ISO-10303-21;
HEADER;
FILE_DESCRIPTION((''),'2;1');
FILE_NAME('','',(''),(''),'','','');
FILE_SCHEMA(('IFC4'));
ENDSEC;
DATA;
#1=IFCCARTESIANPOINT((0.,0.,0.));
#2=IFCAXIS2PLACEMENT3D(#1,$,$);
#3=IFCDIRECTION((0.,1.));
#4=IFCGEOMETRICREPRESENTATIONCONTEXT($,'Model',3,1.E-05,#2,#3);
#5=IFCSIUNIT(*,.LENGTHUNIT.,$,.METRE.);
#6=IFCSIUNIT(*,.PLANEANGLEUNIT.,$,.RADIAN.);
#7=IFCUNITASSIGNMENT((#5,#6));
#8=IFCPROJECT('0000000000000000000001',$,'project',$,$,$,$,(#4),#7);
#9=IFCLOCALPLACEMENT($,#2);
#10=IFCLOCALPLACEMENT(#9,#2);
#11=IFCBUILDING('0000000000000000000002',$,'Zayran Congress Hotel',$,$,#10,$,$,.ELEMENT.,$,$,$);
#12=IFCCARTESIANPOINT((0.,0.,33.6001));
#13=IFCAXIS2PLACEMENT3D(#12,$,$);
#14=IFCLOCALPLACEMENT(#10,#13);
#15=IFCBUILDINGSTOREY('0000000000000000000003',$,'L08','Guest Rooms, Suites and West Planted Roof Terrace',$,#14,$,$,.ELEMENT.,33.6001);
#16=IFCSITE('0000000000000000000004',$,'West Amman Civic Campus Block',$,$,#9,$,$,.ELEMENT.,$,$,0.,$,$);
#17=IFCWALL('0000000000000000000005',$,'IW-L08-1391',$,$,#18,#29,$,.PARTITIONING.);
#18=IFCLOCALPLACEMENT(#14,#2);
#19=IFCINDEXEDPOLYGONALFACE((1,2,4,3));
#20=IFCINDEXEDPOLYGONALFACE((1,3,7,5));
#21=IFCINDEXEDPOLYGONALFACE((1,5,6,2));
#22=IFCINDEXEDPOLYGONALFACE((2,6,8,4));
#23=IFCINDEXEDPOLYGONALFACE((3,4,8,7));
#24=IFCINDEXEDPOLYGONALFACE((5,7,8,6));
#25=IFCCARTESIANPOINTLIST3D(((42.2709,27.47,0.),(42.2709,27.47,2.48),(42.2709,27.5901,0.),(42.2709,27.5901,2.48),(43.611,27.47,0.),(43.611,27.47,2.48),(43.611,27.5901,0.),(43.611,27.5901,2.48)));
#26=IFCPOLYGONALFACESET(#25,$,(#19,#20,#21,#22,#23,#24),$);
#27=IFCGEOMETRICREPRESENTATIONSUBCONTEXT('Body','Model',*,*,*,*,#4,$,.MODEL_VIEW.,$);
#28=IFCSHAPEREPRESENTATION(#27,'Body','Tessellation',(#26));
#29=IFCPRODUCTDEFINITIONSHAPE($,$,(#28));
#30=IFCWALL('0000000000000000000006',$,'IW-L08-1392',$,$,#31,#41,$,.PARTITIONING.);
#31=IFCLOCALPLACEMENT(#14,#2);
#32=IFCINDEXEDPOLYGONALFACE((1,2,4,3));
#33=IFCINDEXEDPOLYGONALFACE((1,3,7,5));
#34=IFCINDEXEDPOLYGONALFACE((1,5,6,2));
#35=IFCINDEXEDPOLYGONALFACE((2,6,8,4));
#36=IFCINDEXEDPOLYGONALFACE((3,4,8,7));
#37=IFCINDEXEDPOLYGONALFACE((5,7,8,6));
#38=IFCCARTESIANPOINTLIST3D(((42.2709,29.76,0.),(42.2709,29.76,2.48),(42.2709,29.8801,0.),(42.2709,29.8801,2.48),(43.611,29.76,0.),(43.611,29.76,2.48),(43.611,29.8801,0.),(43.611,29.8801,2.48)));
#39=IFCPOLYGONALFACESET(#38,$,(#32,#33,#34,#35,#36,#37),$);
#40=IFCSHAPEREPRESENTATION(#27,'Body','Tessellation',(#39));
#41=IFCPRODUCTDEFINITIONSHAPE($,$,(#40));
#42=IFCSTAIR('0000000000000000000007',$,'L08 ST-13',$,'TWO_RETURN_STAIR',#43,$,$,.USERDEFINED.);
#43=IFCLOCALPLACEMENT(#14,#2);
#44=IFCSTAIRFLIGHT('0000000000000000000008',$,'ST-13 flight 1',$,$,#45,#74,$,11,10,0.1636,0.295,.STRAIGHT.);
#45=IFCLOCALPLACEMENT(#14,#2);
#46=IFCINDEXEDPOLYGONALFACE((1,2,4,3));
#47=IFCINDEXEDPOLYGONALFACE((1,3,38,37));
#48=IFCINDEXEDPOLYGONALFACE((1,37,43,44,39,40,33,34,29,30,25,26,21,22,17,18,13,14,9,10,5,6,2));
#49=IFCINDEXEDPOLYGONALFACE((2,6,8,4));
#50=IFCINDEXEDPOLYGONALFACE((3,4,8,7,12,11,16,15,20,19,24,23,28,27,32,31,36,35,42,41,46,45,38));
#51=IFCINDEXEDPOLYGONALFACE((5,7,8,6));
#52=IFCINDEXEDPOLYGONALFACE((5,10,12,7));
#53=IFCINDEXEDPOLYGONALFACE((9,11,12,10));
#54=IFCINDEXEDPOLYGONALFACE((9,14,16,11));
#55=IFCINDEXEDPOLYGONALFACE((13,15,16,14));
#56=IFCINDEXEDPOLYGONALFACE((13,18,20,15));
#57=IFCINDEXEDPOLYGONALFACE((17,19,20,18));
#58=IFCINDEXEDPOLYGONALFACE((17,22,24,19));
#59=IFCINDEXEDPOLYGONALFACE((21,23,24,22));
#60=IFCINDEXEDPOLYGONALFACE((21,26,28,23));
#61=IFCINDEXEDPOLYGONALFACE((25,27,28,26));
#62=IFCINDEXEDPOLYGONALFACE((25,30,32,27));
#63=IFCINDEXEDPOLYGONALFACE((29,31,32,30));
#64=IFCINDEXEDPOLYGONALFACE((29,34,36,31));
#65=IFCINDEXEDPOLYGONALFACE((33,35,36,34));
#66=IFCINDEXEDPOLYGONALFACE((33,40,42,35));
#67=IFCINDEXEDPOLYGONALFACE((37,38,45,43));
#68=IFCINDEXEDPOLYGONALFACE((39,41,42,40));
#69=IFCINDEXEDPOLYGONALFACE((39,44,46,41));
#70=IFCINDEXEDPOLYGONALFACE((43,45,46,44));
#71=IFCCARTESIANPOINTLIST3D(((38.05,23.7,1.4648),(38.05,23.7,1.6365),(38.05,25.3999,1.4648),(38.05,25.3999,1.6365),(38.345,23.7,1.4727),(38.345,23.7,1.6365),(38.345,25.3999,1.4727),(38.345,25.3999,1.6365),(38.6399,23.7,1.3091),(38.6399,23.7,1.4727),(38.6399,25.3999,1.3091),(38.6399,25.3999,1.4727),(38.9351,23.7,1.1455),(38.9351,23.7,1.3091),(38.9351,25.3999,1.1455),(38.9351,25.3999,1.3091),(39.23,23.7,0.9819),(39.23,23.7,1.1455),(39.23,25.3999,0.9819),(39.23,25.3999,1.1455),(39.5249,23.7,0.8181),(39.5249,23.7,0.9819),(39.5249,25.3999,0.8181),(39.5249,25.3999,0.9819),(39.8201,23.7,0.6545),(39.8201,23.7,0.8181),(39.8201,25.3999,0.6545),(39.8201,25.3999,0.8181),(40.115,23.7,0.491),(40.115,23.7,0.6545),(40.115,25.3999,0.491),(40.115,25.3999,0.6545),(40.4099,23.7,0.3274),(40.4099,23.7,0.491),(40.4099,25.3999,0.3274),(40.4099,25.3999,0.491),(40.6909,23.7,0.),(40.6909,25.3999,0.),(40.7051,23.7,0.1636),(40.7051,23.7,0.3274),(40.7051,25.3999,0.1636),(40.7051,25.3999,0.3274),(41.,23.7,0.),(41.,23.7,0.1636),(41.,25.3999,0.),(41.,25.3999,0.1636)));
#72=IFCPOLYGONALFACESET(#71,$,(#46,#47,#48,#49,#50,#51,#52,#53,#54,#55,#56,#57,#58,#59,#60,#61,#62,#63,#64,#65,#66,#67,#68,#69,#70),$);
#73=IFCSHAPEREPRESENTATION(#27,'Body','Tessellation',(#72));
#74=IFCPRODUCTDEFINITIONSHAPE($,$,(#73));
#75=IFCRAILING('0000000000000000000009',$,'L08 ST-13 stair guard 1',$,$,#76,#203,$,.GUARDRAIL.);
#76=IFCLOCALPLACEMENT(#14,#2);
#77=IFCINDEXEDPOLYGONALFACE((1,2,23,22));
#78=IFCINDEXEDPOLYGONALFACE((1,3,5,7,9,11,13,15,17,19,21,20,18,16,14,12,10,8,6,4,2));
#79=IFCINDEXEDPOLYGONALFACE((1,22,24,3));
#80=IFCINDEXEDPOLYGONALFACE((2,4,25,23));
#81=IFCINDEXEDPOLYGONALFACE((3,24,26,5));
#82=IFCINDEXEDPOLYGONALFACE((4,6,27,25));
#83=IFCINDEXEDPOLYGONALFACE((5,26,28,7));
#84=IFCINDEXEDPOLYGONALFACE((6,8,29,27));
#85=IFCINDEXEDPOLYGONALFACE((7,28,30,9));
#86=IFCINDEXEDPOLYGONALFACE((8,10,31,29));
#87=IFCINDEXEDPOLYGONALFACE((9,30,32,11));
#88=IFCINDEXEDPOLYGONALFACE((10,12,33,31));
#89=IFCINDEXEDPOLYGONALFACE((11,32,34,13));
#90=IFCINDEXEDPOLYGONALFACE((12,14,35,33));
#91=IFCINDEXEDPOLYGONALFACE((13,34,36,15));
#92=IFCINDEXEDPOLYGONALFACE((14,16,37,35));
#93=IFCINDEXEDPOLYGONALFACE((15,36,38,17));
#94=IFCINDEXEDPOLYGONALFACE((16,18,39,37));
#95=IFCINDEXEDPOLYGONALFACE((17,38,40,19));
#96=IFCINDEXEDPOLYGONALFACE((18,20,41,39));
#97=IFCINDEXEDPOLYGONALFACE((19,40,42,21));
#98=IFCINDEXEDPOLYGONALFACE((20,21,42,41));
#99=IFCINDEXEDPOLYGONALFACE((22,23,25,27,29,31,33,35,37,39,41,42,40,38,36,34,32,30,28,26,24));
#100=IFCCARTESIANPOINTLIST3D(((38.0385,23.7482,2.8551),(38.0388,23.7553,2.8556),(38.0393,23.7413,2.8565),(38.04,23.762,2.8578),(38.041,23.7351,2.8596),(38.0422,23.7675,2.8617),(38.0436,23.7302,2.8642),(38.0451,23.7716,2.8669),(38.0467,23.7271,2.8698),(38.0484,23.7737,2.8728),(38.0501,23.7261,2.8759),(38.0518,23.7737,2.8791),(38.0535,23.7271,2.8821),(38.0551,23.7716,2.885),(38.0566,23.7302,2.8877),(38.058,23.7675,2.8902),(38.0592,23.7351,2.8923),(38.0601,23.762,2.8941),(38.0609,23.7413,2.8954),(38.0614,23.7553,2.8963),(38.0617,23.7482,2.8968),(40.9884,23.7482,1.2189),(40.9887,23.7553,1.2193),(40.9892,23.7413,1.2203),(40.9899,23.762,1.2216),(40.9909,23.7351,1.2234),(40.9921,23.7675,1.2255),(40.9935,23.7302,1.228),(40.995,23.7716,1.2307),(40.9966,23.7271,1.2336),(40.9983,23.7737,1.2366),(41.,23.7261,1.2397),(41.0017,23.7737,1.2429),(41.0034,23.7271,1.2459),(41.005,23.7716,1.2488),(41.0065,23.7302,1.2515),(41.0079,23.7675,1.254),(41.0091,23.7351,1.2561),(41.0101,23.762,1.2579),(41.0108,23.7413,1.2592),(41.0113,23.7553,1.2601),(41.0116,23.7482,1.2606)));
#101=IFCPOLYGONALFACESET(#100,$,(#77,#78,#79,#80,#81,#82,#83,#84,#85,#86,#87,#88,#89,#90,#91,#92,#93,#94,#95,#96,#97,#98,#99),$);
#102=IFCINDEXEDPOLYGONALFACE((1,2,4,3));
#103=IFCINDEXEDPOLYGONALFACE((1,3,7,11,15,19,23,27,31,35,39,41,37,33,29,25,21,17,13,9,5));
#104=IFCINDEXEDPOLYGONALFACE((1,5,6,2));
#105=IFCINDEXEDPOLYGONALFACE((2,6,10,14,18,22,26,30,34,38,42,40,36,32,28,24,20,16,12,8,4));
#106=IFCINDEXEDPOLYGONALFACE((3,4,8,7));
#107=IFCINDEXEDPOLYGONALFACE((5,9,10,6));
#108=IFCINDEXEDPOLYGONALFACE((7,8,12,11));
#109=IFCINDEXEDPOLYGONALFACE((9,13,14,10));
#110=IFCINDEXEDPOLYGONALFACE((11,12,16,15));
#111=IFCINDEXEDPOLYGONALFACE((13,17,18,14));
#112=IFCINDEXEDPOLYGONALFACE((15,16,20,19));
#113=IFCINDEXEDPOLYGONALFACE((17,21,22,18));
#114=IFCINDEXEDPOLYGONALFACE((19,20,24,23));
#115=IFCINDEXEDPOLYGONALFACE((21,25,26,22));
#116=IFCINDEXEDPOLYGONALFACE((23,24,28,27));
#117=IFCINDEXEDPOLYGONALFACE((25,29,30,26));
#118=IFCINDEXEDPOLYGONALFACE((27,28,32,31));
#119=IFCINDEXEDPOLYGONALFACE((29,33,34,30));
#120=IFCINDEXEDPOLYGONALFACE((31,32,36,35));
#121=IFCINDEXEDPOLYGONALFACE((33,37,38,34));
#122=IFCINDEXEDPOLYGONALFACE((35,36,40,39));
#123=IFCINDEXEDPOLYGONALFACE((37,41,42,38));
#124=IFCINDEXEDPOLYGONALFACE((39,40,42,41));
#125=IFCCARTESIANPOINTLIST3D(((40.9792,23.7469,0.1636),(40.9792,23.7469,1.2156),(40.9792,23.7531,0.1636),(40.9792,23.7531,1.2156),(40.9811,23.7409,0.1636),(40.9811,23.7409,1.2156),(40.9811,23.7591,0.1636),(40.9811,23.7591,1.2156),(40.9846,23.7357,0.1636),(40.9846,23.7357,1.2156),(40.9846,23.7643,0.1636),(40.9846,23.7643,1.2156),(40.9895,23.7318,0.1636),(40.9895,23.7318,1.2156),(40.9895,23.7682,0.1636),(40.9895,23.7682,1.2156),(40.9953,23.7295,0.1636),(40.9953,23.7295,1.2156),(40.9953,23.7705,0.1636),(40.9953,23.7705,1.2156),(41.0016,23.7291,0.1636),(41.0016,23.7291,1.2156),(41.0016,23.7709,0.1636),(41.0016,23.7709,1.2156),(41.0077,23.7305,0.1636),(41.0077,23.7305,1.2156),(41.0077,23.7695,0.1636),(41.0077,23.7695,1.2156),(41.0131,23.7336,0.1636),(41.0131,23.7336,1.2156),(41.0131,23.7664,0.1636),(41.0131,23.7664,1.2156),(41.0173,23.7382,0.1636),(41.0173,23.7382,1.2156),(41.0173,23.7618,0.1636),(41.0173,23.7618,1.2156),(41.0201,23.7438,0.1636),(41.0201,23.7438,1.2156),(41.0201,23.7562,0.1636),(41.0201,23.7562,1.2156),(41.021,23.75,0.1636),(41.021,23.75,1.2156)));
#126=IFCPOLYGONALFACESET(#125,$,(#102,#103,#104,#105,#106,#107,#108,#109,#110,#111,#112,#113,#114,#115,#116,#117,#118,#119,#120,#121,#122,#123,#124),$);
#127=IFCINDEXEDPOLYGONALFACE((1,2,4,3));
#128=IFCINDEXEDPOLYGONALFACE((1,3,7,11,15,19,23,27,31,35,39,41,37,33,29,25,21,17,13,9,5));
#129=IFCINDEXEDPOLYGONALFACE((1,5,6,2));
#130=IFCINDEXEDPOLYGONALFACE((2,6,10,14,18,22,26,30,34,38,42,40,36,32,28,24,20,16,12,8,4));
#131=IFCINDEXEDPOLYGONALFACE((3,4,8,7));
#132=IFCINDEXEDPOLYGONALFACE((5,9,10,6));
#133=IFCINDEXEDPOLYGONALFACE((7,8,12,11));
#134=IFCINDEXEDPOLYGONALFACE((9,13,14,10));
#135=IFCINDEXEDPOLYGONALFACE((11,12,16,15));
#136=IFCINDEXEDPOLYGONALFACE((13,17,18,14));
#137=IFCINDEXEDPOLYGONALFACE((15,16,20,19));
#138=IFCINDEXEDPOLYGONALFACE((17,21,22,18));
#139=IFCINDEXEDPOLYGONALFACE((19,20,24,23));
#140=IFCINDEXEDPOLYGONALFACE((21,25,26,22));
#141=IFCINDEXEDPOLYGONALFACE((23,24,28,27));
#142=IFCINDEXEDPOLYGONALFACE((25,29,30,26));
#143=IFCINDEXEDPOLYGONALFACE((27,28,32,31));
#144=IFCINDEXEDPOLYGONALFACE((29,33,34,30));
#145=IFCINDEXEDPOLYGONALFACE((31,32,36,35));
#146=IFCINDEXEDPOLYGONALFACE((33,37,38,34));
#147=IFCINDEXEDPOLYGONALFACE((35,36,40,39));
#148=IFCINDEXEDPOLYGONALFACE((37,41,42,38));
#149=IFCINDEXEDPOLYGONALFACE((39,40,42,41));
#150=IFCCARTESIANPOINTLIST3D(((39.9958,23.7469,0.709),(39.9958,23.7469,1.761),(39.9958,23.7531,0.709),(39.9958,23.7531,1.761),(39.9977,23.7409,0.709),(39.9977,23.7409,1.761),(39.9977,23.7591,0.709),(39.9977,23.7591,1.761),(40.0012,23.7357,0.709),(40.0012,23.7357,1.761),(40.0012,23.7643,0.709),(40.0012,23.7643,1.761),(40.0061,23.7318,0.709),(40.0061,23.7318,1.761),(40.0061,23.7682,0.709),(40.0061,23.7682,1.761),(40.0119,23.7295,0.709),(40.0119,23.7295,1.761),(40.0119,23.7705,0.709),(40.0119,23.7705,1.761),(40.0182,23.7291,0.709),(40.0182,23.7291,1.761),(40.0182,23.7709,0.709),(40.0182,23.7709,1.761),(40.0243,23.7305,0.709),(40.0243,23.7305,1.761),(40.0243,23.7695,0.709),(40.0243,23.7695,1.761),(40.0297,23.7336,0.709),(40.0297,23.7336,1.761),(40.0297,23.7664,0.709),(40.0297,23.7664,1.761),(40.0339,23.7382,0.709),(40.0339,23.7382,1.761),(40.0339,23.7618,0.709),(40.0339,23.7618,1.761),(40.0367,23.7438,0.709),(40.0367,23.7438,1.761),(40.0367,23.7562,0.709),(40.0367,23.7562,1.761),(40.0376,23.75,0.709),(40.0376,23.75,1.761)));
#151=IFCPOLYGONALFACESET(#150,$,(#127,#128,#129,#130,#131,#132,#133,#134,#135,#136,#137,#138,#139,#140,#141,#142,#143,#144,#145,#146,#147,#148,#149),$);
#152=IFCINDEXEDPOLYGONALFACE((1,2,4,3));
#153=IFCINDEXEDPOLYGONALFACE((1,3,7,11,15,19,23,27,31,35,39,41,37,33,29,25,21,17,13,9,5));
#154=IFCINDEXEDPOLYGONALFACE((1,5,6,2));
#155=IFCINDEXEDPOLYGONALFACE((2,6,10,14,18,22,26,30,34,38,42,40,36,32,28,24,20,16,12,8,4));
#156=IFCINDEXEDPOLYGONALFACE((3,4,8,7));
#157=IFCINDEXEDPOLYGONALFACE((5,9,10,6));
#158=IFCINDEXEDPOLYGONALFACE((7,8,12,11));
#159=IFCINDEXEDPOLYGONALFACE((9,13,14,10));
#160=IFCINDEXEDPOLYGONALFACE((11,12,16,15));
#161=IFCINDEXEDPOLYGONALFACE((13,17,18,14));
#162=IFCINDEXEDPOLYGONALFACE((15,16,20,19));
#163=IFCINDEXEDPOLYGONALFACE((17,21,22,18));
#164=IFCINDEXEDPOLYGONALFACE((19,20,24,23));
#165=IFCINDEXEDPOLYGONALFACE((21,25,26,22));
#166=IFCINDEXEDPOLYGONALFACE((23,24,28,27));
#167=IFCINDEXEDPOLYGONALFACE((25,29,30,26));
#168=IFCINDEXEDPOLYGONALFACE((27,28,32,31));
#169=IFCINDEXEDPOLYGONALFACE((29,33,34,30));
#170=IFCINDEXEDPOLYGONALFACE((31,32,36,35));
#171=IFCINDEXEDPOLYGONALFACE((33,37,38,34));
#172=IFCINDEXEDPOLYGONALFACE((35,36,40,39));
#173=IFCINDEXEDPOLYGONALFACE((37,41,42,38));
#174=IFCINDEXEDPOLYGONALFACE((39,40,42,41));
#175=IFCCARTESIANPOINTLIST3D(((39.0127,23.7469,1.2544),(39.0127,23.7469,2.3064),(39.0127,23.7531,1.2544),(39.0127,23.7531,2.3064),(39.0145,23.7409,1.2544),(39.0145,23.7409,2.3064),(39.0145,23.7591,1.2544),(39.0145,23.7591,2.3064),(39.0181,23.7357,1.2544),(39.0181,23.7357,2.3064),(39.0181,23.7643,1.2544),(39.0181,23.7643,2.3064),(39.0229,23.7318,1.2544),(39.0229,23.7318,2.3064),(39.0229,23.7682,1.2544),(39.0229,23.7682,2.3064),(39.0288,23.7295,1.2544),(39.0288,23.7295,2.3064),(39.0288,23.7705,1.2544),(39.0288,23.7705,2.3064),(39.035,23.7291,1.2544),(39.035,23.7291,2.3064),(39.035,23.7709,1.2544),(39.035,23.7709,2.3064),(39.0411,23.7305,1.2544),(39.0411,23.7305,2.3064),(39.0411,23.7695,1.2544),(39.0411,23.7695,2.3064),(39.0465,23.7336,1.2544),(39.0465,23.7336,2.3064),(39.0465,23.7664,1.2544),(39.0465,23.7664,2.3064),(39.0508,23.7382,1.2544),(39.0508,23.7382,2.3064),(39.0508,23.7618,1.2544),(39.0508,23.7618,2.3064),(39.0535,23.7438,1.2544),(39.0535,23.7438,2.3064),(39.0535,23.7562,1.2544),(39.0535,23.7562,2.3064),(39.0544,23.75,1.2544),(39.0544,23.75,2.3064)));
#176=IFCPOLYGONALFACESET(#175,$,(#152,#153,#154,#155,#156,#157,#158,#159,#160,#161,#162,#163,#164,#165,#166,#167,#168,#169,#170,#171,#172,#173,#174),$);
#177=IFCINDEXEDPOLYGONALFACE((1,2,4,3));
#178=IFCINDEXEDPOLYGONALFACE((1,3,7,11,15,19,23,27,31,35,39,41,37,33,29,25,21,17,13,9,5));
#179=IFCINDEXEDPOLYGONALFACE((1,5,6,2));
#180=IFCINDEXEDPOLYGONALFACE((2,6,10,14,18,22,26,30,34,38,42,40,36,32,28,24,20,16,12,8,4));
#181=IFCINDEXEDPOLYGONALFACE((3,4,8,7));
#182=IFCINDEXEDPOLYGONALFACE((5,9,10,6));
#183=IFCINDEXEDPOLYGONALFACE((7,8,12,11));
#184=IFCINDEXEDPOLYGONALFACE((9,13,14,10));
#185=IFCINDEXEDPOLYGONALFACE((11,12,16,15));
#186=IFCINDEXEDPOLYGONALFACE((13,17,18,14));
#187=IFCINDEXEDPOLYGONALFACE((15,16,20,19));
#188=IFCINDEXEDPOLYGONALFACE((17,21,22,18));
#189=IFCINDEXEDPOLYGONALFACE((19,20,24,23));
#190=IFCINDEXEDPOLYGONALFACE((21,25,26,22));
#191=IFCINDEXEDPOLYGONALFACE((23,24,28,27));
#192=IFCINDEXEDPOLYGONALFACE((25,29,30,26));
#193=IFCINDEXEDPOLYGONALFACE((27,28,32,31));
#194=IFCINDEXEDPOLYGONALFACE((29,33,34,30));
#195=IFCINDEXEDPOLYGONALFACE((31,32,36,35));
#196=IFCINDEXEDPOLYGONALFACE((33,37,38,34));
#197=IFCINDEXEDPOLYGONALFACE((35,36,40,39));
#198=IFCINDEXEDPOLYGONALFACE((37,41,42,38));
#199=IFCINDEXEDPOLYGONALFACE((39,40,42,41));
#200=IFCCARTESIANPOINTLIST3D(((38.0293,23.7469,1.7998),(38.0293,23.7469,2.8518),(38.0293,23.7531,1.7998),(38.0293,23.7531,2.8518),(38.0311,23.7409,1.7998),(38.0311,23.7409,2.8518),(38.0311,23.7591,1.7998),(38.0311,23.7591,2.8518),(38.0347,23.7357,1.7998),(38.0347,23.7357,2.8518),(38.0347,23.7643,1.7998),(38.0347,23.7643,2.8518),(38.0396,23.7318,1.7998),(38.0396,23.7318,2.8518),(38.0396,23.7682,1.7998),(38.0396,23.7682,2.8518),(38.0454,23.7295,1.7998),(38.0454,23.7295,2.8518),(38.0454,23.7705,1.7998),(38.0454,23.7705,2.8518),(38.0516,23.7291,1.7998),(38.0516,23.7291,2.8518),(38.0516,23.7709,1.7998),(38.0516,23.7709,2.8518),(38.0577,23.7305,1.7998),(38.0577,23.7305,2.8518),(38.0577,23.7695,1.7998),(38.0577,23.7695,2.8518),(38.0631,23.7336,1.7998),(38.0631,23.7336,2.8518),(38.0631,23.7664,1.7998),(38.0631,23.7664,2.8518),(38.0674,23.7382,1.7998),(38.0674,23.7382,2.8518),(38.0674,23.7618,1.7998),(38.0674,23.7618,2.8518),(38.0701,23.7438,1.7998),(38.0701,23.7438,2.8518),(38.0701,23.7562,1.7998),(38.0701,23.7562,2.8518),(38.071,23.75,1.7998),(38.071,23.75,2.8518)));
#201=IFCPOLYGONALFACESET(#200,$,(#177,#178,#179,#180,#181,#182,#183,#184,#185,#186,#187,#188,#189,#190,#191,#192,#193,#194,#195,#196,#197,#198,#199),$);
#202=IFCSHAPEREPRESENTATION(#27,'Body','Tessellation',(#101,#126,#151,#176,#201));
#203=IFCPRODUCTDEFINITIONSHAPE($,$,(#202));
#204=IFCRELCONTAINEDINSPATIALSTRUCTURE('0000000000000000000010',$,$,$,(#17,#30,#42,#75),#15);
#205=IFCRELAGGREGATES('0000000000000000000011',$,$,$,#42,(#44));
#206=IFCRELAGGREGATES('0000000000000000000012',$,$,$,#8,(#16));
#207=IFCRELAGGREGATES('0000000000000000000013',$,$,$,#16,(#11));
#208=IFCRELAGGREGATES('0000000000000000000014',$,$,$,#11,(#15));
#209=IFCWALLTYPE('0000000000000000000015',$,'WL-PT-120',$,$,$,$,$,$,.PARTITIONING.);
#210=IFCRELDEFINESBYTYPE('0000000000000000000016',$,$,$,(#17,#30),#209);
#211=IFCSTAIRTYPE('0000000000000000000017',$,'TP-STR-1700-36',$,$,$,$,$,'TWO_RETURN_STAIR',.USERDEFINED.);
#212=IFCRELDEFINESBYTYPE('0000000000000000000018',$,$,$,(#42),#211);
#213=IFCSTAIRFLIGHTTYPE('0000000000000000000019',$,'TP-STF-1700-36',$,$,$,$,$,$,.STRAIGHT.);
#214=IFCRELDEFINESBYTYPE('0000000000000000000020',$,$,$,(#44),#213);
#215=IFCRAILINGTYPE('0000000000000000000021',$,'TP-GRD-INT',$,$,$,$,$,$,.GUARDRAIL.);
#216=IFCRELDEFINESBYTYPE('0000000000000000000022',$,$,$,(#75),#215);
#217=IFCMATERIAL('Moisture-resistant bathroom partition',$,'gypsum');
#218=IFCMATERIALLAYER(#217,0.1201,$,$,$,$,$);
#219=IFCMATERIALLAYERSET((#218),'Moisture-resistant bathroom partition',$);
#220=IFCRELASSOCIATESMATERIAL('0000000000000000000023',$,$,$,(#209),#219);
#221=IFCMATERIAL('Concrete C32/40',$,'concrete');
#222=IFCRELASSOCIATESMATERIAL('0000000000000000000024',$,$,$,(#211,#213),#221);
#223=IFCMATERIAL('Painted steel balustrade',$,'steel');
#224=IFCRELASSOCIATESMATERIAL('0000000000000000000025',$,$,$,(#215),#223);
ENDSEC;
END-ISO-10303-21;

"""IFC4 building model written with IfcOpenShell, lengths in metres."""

from ifc_helpers import new_model, si_unit, direction, frame, frame_2d, origin, origin_2d, place, context, subcontext, project, spatial, polyline, rectangle, circle, outline, extrude, material, layer, layer_set, type_object, element, aggregate, save


model = new_model("IFC4")

# Units and contexts
model_context = context("Model", 3, precision=1e-05, world=origin(), true_north=direction((0.0, 1.0)))
body_context = subcontext(model_context, "Body", "Model", "MODEL_VIEW")
ifc_project = project(units=[si_unit("LENGTHUNIT", "METRE"), si_unit("PLANEANGLEUNIT", "RADIAN")], contexts=[model_context])

# Site, building, storey
site_placement = place(None, origin())
site = spatial("IfcSite", under=ifc_project, at=site_placement, Name="West Amman Civic Campus Block", CompositionType="ELEMENT", RefElevation=0.0)
building_placement = place(site_placement, origin())
building = spatial("IfcBuilding", under=site, at=building_placement, Name="Zayran Congress Hotel", CompositionType="ELEMENT")
storey_placement = place(building_placement, frame((0.0, 0.0, 33.6001)))
storey = spatial("IfcBuildingStorey", under=building, at=storey_placement, Name="L08", Description="Guest Rooms, Suites and West Planted Roof Terrace", CompositionType="ELEMENT", Elevation=33.6001)

# Shared definitions
ifc_material_1 = material(Name="Moisture-resistant bathroom partition", Category="gypsum")
ifc_layer_1 = layer(ifc_material_1, 0.1201)
ifc_layer_set_1 = layer_set([ifc_layer_1], Name="Moisture-resistant bathroom partition")
wall_type_1 = type_object("IfcWallType", Name="WL-PT-120", PredefinedType="PARTITIONING", material=ifc_layer_set_1)

# Walls
for number, where, z_axis, x_axis, name in (
    (1, (42.271, 27.53, 0.0), (0.0, 0.0, 1.0), (1.0, 0.0, 0.0), "IW-L08-1391"),
    (2, (42.271, 29.8201, 0.0), (0.0, 0.0, 1.0), (1.0, 0.0, 0.0), "IW-L08-1392"),
):
    element("IfcWall", number, at=place(storey_placement, frame(where, z_axis=z_axis, x_axis=x_axis)), inside=storey, type_object=wall_type_1, Name=name, PredefinedType="PARTITIONING", context=body_context, shape_type="SweptSolid", body=[
        extrude(rectangle(XDim=1.3401, YDim=0.1201, at=frame_2d((0.6699, 0.0))), origin(), (0.0, 0.0, 1.0), 2.48),
    ])

# Stair, stair flight
ifc_material_2 = material(Name="Concrete C32/40", Category="concrete")
stair_type = type_object("IfcStairType", Name="TP-STR-1700-36", ElementType="TWO_RETURN_STAIR", PredefinedType="USERDEFINED", material=ifc_material_2)
stair_placement = place(storey_placement, origin())
stair = element("IfcStair", 3, at=stair_placement, inside=storey, type_object=stair_type, Name="L08 ST-13", ObjectType="TWO_RETURN_STAIR", PredefinedType="USERDEFINED")
stair_flight_type = type_object("IfcStairFlightType", Name="TP-STF-1700-36", PredefinedType="STRAIGHT", material=ifc_material_2)
stair_flight_placement = place(storey_placement, frame((41.0, 24.55, 0.0), z_axis=(0.0, 0.0, 1.0), x_axis=(-1.0, 0.0, 0.0)))
stair_flight = element("IfcStairFlight", 4, at=stair_flight_placement, type_object=stair_flight_type, Name="ST-13 flight 1", NumberOfRisers=11, NumberOfTreads=10, PredefinedType="STRAIGHT", RiserHeight=0.1636, TreadLength=0.295, context=body_context, shape_type="SweptSolid", body=[
    extrude(outline(polyline([(0.0, 0.0), (0.0, 0.1636), (0.2949, 0.1636), (0.2949, 0.3274), (0.5901, 0.3274), (0.5901, 0.491), (0.885, 0.491), (0.885, 0.6545), (1.1799, 0.6545), (1.1799, 0.8181), (1.4751, 0.8181), (1.4751, 0.9819), (1.77, 0.9819), (1.77, 1.1455), (2.0649, 1.1455), (2.0649, 1.3091), (2.3601, 1.3091), (2.3601, 1.4727), (2.655, 1.4727), (2.655, 1.6365), (2.95, 1.6365), (2.95, 1.8), (2.95, 1.4648), (0.3091, 0.0), (0.0, 0.0)])), frame((0.0, 0.8501, 0.0), z_axis=(0.0, -1.0, 0.0), x_axis=(1.0, 0.0, 0.0)), (0.0, 0.0, 1.0), 1.7),
])
aggregate(stair, [stair_flight])

# Railing
ifc_material_3 = material(Name="Painted steel balustrade", Category="steel")
railing_type_1 = type_object("IfcRailingType", Name="TP-GRD-INT", PredefinedType="GUARDRAIL", material=ifc_material_3)
railing_1_placement = place(storey_placement, frame((41.0, 23.75, 0.1636)))
element("IfcRailing", 5, at=railing_1_placement, inside=storey, type_object=railing_type_1, Name="L08 ST-13 stair guard 1", PredefinedType="GUARDRAIL", context=body_context, shape_type="SweptSolid", body=[
    extrude(circle(Radius=0.0239, at=origin_2d()), frame((0.0, 0.0, 1.0762), z_axis=(-0.874488, 0.0, 0.485047), x_axis=(0.0, -1.0, 0.0)), (0.0, 0.0, 1.0), 3.3733),
    extrude(circle(Radius=0.021, at=origin_2d()), origin(), (0.0, 0.0, 1.0), 1.052),
    extrude(circle(Radius=0.021, at=origin_2d()), frame((-0.9834, 0.0, 0.5454)), (0.0, 0.0, 1.0), 1.052),
    extrude(circle(Radius=0.021, at=origin_2d()), frame((-1.9666, 0.0, 1.0908)), (0.0, 0.0, 1.0), 1.052),
    extrude(circle(Radius=0.021, at=origin_2d()), frame((-2.95, 0.0, 1.6362)), (0.0, 0.0, 1.0), 1.052),
])

save(model, "model.ifc")
